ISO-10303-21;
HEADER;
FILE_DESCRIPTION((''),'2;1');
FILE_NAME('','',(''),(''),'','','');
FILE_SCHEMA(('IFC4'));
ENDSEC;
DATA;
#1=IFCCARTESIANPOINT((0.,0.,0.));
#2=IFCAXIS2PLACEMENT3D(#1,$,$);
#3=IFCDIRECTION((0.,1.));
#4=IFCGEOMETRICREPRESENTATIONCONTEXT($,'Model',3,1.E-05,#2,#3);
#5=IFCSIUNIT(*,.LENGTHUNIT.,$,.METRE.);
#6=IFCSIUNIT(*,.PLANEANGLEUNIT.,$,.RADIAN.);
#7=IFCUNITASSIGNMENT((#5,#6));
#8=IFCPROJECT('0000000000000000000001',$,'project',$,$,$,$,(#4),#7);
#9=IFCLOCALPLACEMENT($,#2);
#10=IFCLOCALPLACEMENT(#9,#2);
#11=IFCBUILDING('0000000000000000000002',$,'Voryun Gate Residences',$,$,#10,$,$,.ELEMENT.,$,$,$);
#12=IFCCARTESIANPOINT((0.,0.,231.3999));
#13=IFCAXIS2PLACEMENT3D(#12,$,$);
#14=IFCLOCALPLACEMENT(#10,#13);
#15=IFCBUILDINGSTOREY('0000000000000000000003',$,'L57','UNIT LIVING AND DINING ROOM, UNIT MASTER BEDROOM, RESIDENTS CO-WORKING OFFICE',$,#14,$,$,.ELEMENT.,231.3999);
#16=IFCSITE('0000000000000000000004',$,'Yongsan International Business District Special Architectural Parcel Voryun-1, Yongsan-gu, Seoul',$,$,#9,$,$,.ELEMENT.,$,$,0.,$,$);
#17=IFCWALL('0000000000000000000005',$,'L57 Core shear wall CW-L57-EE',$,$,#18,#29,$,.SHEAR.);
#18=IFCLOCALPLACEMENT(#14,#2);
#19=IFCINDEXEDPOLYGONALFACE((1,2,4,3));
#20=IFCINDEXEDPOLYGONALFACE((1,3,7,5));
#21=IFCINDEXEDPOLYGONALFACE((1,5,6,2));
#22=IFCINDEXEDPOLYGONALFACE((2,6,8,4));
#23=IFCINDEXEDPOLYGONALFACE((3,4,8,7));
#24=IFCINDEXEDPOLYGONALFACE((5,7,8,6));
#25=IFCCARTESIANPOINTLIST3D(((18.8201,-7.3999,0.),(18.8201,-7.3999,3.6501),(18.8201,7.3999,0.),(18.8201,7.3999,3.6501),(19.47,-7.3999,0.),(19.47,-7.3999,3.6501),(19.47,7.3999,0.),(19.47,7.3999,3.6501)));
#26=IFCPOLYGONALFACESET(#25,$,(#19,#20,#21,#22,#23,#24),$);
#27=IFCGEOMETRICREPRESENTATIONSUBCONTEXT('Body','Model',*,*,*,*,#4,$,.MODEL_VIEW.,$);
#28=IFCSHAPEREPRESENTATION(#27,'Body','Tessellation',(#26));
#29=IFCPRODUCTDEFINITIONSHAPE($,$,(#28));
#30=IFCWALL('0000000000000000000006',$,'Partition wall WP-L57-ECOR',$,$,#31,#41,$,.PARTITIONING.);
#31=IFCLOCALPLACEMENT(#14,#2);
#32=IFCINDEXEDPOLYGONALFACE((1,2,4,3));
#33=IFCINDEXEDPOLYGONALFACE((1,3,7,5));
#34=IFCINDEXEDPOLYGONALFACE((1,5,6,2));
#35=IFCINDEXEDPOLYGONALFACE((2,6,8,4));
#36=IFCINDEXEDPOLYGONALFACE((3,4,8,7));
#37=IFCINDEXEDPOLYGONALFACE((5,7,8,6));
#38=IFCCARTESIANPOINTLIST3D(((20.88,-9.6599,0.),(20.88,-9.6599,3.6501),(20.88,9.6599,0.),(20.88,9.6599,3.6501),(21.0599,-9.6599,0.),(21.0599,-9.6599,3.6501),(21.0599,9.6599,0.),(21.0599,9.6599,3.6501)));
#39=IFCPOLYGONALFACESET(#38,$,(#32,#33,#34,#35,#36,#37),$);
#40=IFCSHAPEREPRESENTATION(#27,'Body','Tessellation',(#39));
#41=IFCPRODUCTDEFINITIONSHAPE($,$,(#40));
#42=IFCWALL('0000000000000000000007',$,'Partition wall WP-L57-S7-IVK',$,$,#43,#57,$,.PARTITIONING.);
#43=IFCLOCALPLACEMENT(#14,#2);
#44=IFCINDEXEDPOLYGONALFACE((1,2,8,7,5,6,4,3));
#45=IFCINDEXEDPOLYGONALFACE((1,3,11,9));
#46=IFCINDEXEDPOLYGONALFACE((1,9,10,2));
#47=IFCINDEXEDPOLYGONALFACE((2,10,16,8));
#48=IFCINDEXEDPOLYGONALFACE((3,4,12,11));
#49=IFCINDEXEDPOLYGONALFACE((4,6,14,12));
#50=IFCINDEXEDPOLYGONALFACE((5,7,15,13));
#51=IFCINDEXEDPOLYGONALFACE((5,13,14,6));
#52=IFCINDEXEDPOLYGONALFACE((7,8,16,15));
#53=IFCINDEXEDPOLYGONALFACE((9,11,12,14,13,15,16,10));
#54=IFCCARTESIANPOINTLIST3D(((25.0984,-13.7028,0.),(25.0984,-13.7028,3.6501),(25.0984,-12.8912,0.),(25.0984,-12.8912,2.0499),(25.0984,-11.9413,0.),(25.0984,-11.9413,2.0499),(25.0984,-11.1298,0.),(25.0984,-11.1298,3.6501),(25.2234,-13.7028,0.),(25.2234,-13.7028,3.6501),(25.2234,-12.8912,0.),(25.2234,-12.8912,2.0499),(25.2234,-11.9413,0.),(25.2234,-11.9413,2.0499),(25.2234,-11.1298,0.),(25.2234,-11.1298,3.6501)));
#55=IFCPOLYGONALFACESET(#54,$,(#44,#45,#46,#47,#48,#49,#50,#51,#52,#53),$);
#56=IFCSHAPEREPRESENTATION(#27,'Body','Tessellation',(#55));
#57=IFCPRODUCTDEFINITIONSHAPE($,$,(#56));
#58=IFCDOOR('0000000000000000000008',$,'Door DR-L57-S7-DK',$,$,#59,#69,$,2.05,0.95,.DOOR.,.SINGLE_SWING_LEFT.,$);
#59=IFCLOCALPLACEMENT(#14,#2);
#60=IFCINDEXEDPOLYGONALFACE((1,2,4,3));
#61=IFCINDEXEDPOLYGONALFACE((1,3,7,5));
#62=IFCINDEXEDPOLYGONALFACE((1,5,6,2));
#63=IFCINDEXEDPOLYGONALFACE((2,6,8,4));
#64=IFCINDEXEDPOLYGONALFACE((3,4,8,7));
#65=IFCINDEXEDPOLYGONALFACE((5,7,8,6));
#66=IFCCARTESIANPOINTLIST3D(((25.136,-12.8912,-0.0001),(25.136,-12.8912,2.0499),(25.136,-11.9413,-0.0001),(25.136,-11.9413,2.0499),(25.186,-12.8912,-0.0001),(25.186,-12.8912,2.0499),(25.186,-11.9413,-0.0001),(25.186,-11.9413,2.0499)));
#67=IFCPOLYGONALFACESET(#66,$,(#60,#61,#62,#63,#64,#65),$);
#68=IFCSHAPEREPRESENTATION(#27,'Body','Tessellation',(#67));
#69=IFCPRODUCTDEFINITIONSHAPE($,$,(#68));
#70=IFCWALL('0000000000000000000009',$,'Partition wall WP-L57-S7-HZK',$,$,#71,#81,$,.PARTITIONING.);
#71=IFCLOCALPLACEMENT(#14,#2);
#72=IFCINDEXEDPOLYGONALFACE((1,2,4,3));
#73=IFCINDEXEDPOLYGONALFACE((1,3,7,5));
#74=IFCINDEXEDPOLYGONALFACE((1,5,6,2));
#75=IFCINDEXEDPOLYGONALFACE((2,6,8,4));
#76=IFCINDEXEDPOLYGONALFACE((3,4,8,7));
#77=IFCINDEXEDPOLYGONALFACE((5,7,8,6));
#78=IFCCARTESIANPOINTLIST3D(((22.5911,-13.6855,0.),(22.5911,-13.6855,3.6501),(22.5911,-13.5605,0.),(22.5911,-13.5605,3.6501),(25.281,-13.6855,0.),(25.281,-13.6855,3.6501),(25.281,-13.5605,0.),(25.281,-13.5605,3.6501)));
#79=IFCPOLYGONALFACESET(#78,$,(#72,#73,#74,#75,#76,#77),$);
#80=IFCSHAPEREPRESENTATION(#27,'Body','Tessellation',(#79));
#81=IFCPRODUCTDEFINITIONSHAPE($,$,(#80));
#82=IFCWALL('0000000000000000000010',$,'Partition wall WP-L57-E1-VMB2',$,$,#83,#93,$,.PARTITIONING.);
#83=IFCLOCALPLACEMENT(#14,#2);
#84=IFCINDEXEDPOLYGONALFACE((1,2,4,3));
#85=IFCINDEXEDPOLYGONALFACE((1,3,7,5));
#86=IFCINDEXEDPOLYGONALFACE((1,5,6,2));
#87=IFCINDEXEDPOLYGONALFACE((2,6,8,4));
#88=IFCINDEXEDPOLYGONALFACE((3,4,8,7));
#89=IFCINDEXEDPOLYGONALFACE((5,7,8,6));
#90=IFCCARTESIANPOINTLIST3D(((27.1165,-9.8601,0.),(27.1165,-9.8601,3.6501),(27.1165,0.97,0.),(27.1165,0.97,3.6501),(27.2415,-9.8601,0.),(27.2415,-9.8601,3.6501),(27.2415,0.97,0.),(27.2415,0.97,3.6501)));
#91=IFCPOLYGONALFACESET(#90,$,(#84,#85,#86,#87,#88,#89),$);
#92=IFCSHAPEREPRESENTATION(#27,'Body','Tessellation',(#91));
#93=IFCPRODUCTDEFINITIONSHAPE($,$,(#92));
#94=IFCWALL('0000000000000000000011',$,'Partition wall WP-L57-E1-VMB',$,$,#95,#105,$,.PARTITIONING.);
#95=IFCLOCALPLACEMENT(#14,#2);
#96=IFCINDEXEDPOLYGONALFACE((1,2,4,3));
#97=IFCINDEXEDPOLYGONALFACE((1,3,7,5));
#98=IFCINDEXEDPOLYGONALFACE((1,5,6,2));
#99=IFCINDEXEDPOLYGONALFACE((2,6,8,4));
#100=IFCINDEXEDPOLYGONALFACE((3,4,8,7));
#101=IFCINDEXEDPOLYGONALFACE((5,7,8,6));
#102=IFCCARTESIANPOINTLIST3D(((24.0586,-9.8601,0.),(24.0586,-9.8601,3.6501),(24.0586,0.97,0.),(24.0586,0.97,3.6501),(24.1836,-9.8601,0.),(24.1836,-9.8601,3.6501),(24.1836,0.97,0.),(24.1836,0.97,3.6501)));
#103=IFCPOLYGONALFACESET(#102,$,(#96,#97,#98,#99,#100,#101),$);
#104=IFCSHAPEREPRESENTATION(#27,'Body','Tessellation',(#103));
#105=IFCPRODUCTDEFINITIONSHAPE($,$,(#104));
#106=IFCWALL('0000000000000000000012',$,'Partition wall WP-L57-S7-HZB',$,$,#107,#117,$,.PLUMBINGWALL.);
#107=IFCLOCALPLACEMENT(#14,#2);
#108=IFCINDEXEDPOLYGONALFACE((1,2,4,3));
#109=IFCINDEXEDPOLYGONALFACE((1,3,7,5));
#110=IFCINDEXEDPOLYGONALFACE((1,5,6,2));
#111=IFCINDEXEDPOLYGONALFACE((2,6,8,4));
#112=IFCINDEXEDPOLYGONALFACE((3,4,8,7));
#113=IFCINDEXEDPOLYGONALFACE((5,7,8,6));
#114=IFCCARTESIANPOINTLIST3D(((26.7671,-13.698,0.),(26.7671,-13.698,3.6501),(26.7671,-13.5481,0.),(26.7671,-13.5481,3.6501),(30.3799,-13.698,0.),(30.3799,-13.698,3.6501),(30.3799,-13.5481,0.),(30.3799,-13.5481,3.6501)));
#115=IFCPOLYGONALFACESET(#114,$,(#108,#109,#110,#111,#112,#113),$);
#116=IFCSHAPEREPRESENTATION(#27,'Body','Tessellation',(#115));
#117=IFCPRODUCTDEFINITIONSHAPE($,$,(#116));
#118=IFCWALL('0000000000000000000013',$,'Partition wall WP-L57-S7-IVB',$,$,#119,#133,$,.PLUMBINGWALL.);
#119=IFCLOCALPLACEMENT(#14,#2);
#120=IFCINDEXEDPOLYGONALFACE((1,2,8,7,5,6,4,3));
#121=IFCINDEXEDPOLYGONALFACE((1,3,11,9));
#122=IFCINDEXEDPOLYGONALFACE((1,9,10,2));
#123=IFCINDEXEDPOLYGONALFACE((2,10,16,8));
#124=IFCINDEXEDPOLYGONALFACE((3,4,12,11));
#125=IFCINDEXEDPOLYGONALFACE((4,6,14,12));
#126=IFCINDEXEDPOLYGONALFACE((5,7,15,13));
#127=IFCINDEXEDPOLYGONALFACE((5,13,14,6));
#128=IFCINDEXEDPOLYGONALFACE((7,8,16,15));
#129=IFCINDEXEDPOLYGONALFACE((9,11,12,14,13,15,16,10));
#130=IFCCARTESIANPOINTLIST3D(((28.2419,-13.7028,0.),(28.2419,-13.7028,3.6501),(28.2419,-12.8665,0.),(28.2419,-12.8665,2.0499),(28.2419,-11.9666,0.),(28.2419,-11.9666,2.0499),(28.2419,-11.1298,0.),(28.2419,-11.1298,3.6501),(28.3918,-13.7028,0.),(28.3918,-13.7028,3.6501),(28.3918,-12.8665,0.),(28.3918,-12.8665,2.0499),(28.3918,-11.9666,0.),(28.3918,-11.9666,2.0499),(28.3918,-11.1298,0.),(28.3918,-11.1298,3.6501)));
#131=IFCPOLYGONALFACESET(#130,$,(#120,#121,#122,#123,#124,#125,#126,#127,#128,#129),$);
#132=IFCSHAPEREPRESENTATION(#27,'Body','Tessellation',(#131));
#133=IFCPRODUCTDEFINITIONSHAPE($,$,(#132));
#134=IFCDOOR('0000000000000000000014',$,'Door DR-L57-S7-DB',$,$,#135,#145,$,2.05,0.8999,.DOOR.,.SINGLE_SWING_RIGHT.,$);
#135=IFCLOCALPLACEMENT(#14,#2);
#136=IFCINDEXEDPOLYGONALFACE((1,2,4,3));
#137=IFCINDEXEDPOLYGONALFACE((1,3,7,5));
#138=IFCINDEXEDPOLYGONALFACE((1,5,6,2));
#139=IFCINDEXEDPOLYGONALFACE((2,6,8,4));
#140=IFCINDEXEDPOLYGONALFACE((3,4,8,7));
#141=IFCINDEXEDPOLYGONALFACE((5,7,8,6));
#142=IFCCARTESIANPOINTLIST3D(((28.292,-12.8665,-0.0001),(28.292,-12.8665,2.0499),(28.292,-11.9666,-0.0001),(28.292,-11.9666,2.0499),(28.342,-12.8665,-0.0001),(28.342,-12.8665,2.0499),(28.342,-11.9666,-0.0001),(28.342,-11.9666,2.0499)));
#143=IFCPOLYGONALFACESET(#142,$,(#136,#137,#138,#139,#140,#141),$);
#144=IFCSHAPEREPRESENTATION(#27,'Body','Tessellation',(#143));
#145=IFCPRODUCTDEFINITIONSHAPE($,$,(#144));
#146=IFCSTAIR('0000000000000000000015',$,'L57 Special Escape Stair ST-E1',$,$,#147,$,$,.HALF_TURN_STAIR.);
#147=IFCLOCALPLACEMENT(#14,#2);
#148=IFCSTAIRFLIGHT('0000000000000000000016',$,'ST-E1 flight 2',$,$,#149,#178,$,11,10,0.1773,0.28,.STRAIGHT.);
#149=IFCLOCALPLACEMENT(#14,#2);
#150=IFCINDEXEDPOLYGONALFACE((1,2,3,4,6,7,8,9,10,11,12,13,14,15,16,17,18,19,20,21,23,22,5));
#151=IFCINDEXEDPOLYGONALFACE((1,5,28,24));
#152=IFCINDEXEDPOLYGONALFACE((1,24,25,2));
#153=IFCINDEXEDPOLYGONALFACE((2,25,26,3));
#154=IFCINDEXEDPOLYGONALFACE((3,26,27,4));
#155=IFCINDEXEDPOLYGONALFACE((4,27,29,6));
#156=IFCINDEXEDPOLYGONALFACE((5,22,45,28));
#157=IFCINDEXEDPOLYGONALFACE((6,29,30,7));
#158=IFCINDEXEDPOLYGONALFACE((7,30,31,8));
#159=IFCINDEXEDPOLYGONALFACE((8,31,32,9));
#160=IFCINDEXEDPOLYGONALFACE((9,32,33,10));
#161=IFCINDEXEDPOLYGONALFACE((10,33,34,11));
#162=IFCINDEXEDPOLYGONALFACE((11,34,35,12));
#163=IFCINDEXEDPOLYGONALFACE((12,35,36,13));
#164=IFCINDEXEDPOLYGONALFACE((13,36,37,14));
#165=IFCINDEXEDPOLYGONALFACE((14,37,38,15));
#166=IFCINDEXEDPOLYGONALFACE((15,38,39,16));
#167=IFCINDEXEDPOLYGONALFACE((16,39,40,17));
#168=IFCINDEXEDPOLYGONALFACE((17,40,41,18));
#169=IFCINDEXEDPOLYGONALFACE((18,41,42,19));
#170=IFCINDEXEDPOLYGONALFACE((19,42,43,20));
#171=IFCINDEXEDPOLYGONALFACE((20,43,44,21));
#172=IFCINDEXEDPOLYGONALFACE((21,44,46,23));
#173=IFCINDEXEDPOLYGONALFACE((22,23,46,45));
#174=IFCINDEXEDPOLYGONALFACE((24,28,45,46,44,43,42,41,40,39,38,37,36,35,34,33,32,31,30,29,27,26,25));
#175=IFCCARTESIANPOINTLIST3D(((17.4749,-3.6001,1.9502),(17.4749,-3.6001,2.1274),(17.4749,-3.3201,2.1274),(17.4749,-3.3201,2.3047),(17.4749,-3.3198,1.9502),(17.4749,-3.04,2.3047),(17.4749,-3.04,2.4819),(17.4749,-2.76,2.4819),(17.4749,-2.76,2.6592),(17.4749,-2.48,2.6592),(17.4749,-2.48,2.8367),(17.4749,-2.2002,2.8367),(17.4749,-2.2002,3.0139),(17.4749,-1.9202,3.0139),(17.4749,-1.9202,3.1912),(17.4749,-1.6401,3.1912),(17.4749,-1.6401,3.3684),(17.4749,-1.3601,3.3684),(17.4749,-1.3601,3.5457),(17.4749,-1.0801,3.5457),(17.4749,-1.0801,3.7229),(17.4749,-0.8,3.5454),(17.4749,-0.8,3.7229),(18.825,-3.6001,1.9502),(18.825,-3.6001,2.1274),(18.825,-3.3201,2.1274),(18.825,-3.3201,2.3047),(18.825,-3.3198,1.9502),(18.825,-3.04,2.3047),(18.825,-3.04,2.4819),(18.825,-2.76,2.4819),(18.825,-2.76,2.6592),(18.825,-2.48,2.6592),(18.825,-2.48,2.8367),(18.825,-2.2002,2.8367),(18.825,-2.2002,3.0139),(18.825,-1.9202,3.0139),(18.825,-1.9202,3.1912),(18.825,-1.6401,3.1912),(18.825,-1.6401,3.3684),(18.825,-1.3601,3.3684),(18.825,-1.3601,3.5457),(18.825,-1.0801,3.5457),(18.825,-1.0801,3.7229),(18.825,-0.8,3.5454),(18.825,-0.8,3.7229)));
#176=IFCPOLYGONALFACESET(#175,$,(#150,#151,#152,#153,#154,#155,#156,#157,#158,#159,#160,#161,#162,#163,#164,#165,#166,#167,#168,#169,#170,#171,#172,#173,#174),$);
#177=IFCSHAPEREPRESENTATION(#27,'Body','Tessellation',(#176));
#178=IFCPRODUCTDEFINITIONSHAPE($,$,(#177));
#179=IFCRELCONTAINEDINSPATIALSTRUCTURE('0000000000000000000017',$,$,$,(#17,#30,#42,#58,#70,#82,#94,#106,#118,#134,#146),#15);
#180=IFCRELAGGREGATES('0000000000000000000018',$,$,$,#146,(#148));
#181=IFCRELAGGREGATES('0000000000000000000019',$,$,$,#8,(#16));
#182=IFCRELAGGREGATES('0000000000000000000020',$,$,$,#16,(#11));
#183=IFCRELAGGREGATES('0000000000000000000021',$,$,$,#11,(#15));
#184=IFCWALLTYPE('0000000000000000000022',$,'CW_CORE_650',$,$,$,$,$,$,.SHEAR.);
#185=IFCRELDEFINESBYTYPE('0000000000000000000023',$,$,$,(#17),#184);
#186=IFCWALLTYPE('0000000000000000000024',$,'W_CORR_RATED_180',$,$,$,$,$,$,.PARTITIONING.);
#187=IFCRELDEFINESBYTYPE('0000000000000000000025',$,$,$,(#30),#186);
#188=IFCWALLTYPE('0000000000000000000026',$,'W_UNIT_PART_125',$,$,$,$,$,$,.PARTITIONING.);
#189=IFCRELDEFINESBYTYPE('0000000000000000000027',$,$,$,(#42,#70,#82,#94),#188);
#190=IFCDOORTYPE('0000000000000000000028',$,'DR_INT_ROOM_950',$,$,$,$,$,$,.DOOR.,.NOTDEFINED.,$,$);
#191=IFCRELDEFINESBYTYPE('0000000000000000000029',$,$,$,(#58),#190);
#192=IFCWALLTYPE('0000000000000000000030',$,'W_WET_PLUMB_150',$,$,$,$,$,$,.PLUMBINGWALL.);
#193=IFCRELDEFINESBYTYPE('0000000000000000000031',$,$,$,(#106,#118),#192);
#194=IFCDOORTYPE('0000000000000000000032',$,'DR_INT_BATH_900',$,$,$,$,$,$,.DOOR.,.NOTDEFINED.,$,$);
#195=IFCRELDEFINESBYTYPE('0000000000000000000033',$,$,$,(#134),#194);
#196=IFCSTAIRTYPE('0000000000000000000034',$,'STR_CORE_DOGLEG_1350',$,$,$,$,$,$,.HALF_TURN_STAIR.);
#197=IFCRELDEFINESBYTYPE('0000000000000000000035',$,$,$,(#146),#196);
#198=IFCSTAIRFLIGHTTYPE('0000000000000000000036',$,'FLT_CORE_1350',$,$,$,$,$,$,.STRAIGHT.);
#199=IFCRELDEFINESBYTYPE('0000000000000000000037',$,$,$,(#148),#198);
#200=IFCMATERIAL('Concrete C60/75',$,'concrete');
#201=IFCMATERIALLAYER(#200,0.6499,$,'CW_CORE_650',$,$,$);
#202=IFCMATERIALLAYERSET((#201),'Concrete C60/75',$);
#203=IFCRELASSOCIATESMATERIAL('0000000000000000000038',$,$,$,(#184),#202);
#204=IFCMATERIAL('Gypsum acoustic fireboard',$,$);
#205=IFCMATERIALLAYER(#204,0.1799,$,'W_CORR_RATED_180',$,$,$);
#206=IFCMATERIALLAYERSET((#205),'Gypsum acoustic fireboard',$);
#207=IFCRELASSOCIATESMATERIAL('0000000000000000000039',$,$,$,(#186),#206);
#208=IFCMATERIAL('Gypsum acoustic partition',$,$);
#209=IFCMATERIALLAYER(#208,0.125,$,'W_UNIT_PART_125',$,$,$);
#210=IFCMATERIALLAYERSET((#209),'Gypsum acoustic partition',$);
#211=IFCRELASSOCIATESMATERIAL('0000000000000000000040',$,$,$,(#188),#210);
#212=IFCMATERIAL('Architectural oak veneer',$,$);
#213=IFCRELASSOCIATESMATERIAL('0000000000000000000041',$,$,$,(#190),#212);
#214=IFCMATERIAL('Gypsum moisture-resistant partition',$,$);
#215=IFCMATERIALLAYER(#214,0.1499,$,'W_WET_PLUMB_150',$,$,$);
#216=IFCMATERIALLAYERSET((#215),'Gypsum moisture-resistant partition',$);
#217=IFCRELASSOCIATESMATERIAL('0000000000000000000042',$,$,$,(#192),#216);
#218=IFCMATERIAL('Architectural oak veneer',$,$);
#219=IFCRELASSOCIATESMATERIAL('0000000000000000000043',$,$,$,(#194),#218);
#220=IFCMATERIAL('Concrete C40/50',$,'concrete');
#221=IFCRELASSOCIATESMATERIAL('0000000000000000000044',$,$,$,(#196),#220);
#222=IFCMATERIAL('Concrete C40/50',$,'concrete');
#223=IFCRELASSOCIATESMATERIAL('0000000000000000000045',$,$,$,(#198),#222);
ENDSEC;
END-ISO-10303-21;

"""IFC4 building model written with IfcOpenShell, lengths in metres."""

from ifc_helpers import new_model, si_unit, direction, frame, frame_2d, origin, place, context, subcontext, project, spatial, polyline, rectangle, outline, extrude, material, layer, layer_set, type_object, element, fill, aggregate, save


model = new_model("IFC4")

# Units and contexts
model_context = context("Model", 3, precision=1e-05, world=origin(), true_north=direction((0.0, 1.0)))
body_context = subcontext(model_context, "Body", "Model", "MODEL_VIEW")
ifc_project = project(units=[si_unit("LENGTHUNIT", "METRE"), si_unit("PLANEANGLEUNIT", "RADIAN")], contexts=[model_context])

# Site, building, storey
site_placement = place(None, origin())
site = spatial("IfcSite", under=ifc_project, at=site_placement, Name="Yongsan International Business District Special Architectural Parcel Voryun-1, Yongsan-gu, Seoul", CompositionType="ELEMENT", RefElevation=0.0)
building_placement = place(site_placement, origin())
building = spatial("IfcBuilding", under=site, at=building_placement, Name="Voryun Gate Residences", CompositionType="ELEMENT")
storey_placement = place(building_placement, frame((0.0, 0.0, 231.3999)))
storey = spatial("IfcBuildingStorey", under=building, at=storey_placement, Name="L57", Description="UNIT LIVING AND DINING ROOM, UNIT MASTER BEDROOM, RESIDENTS CO-WORKING OFFICE", CompositionType="ELEMENT", Elevation=231.3999)

# Walls
ifc_material_1 = material(Name="Concrete C60/75", Category="concrete")
ifc_layer_1 = layer(ifc_material_1, 0.6499, Name="CW_CORE_650")
ifc_layer_set_1 = layer_set([ifc_layer_1], Name="Concrete C60/75")
wall_type_1 = type_object("IfcWallType", Name="CW_CORE_650", PredefinedType="SHEAR", material=ifc_layer_set_1)
wall_1_placement = place(storey_placement, frame((19.145, -7.3999, 0.0), z_axis=(0.0, 0.0, 1.0), x_axis=(0.0, 1.0, 0.0)))
element("IfcWall", 1, at=wall_1_placement, inside=storey, type_object=wall_type_1, Name="L57 Core shear wall CW-L57-EE", PredefinedType="SHEAR", context=body_context, shape_type="SweptSolid", body=[
    extrude(rectangle(XDim=14.7998, YDim=0.6499, at=frame_2d((7.3999, 0.0))), origin(), (0.0, 0.0, 1.0), 3.6501),
])
ifc_material_2 = material(Name="Gypsum acoustic fireboard")
ifc_layer_2 = layer(ifc_material_2, 0.1799, Name="W_CORR_RATED_180")
ifc_layer_set_2 = layer_set([ifc_layer_2], Name="Gypsum acoustic fireboard")
wall_type_2 = type_object("IfcWallType", Name="W_CORR_RATED_180", PredefinedType="PARTITIONING", material=ifc_layer_set_2)
wall_2_placement = place(storey_placement, frame((20.97, -9.6599, 0.0), z_axis=(0.0, 0.0, 1.0), x_axis=(0.0, 1.0, 0.0)))
element("IfcWall", 2, at=wall_2_placement, inside=storey, type_object=wall_type_2, Name="Partition wall WP-L57-ECOR", PredefinedType="PARTITIONING", context=body_context, shape_type="SweptSolid", body=[
    extrude(rectangle(XDim=19.3198, YDim=0.1799, at=frame_2d((9.6599, 0.0))), origin(), (0.0, 0.0, 1.0), 3.6501),
])

# Wall, opening, door
ifc_material_3 = material(Name="Gypsum acoustic partition")
ifc_layer_3 = layer(ifc_material_3, 0.125, Name="W_UNIT_PART_125")
ifc_layer_set_3 = layer_set([ifc_layer_3], Name="Gypsum acoustic partition")
wall_type_3 = type_object("IfcWallType", Name="W_UNIT_PART_125", PredefinedType="PARTITIONING", material=ifc_layer_set_3)
wall_3_placement = place(storey_placement, frame((25.1609, -13.7029, 0.0), z_axis=(0.0, 0.0, 1.0), x_axis=(0.0, 1.0, 0.0)))
wall_3 = element("IfcWall", 3, at=wall_3_placement, inside=storey, type_object=wall_type_3, Name="Partition wall WP-L57-S7-IVK", PredefinedType="PARTITIONING", context=body_context, shape_type="SweptSolid", body=[
    extrude(rectangle(XDim=2.573, YDim=0.125, at=frame_2d((1.2866, 0.0))), origin(), (0.0, 0.0, 1.0), 3.6501),
])
opening_1_placement = place(wall_3_placement, frame((0.8115, 0.0, 0.0)))
opening_1 = element("IfcOpeningElement", 4, at=opening_1_placement, cuts=wall_3, PredefinedType="OPENING", context=body_context, shape_type="SweptSolid", body=[
    extrude(rectangle(XDim=0.95, YDim=2.05, at=frame_2d((0.4751, 1.0249))), frame((0.0, 0.0725, 0.0), z_axis=(0.0, -1.0, 0.0), x_axis=(1.0, 0.0, 0.0)), (0.0, 0.0, 1.0), 0.145),
])
ifc_material_4 = material(Name="Architectural oak veneer")
door_type_1 = type_object("IfcDoorType", Name="DR_INT_ROOM_950", OperationType="NOTDEFINED", PredefinedType="DOOR", material=ifc_material_4)
door_1_placement = place(opening_1_placement, origin())
door_1 = element("IfcDoor", 5, at=door_1_placement, inside=storey, type_object=door_type_1, Name="Door DR-L57-S7-DK", OperationType="SINGLE_SWING_LEFT", OverallHeight=2.05, OverallWidth=0.95, PredefinedType="DOOR", context=body_context, shape_type="SweptSolid", body=[
    extrude(rectangle(XDim=0.95, YDim=2.05, at=frame_2d((0.4751, 1.0249))), frame((0.0, 0.0249, 0.0), z_axis=(0.0, -1.0, 0.0), x_axis=(1.0, 0.0, 0.0)), (0.0, 0.0, 1.0), 0.05),
])
fill(opening_1, door_1)

# Walls
wall_4_placement = place(storey_placement, frame((22.5911, -13.623, 0.0), z_axis=(0.0, 0.0, 1.0), x_axis=(1.0, 0.0, 0.0)))
element("IfcWall", 6, at=wall_4_placement, inside=storey, type_object=wall_type_3, Name="Partition wall WP-L57-S7-HZK", PredefinedType="PARTITIONING", context=body_context, shape_type="SweptSolid", body=[
    extrude(rectangle(XDim=2.6899, YDim=0.125, at=frame_2d((1.345, 0.0))), origin(), (0.0, 0.0, 1.0), 3.6501),
])
for number, where, z_axis, x_axis, name in (
    (7, (27.179, -9.8601, 0.0), (0.0, 0.0, 1.0), (0.0, 1.0, 0.0), "Partition wall WP-L57-E1-VMB2"),
    (8, (24.1211, -9.8601, 0.0), (0.0, 0.0, 1.0), (0.0, 1.0, 0.0), "Partition wall WP-L57-E1-VMB"),
):
    element("IfcWall", number, at=place(storey_placement, frame(where, z_axis=z_axis, x_axis=x_axis)), inside=storey, type_object=wall_type_3, Name=name, PredefinedType="PARTITIONING", context=body_context, shape_type="SweptSolid", body=[
        extrude(rectangle(XDim=10.8301, YDim=0.125, at=frame_2d((5.415, 0.0))), origin(), (0.0, 0.0, 1.0), 3.6501),
    ])
ifc_material_5 = material(Name="Gypsum moisture-resistant partition")
ifc_layer_4 = layer(ifc_material_5, 0.1499, Name="W_WET_PLUMB_150")
ifc_layer_set_4 = layer_set([ifc_layer_4], Name="Gypsum moisture-resistant partition")
wall_type_4 = type_object("IfcWallType", Name="W_WET_PLUMB_150", PredefinedType="PLUMBINGWALL", material=ifc_layer_set_4)
wall_5_placement = place(storey_placement, frame((26.7671, -13.623, 0.0), z_axis=(0.0, 0.0, 1.0), x_axis=(1.0, 0.0, 0.0)))
element("IfcWall", 9, at=wall_5_placement, inside=storey, type_object=wall_type_4, Name="Partition wall WP-L57-S7-HZB", PredefinedType="PLUMBINGWALL", context=body_context, shape_type="SweptSolid", body=[
    extrude(rectangle(XDim=3.6128, YDim=0.1499, at=frame_2d((1.8064, 0.0))), origin(), (0.0, 0.0, 1.0), 3.6501),
])

# Wall, opening, door
wall_6_placement = place(storey_placement, frame((28.3169, -13.7029, 0.0), z_axis=(0.0, 0.0, 1.0), x_axis=(0.0, 1.0, 0.0)))
wall_6 = element("IfcWall", 10, at=wall_6_placement, inside=storey, type_object=wall_type_4, Name="Partition wall WP-L57-S7-IVB", PredefinedType="PLUMBINGWALL", context=body_context, shape_type="SweptSolid", body=[
    extrude(rectangle(XDim=2.573, YDim=0.1499, at=frame_2d((1.2866, 0.0))), origin(), (0.0, 0.0, 1.0), 3.6501),
])
opening_2_placement = place(wall_6_placement, frame((0.8364, 0.0, 0.0)))
opening_2 = element("IfcOpeningElement", 11, at=opening_2_placement, cuts=wall_6, PredefinedType="OPENING", context=body_context, shape_type="SweptSolid", body=[
    extrude(rectangle(XDim=0.8999, YDim=2.05, at=frame_2d((0.45, 1.0249))), frame((0.0, 0.085, 0.0), z_axis=(0.0, -1.0, 0.0), x_axis=(1.0, 0.0, 0.0)), (0.0, 0.0, 1.0), 0.1699),
])
ifc_material_6 = material(Name="Architectural oak veneer")
door_type_2 = type_object("IfcDoorType", Name="DR_INT_BATH_900", OperationType="NOTDEFINED", PredefinedType="DOOR", material=ifc_material_6)
door_2_placement = place(opening_2_placement, origin())
door_2 = element("IfcDoor", 12, at=door_2_placement, inside=storey, type_object=door_type_2, Name="Door DR-L57-S7-DB", OperationType="SINGLE_SWING_RIGHT", OverallHeight=2.05, OverallWidth=0.8999, PredefinedType="DOOR", context=body_context, shape_type="SweptSolid", body=[
    extrude(rectangle(XDim=0.8999, YDim=2.05, at=frame_2d((0.45, 1.0249))), frame((0.0, 0.0249, 0.0), z_axis=(0.0, -1.0, 0.0), x_axis=(1.0, 0.0, 0.0)), (0.0, 0.0, 1.0), 0.05),
])
fill(opening_2, door_2)

# Stair, stair flight
ifc_material_7 = material(Name="Concrete C40/50", Category="concrete")
stair_type = type_object("IfcStairType", Name="STR_CORE_DOGLEG_1350", PredefinedType="HALF_TURN_STAIR", material=ifc_material_7)
stair_placement = place(storey_placement, origin())
stair = element("IfcStair", 13, at=stair_placement, inside=storey, type_object=stair_type, Name="L57 Special Escape Stair ST-E1", PredefinedType="HALF_TURN_STAIR")
ifc_material_8 = material(Name="Concrete C40/50", Category="concrete")
stair_flight_type = type_object("IfcStairFlightType", Name="FLT_CORE_1350", PredefinedType="STRAIGHT", material=ifc_material_8)
stair_flight_placement = place(storey_placement, frame((18.1499, -3.6001, 1.9502), z_axis=(0.0, 0.0, 1.0), x_axis=(0.0, 1.0, 0.0)))
stair_flight = element("IfcStairFlight", 14, at=stair_flight_placement, type_object=stair_flight_type, Name="ST-E1 flight 2", NumberOfRisers=11, NumberOfTreads=10, PredefinedType="STRAIGHT", RiserHeight=0.1773, TreadLength=0.28, context=body_context, shape_type="SweptSolid", body=[
    extrude(outline(polyline([(0.0, 0.0), (0.0, 0.1772), (0.28, 0.1772), (0.28, 0.3545), (0.5601, 0.3545), (0.5601, 0.5317), (0.8401, 0.5317), (0.8401, 0.709), (1.1201, 0.709), (1.1201, 0.8865), (1.3999, 0.8865), (1.3999, 1.0637), (1.6799, 1.0637), (1.6799, 1.241), (1.96, 1.241), (1.96, 1.4182), (2.24, 1.4182), (2.24, 1.5955), (2.52, 1.5955), (2.52, 1.7727), (2.8, 1.7727), (2.8, 1.95), (2.8, 1.5952), (0.2803, 0.0), (0.0, 0.0)])), frame((0.0, 0.675, 0.0), z_axis=(0.0, -1.0, 0.0), x_axis=(1.0, 0.0, 0.0)), (0.0, 0.0, 1.0), 1.3501),
])
aggregate(stair, [stair_flight])

save(model, "model.ifc")
